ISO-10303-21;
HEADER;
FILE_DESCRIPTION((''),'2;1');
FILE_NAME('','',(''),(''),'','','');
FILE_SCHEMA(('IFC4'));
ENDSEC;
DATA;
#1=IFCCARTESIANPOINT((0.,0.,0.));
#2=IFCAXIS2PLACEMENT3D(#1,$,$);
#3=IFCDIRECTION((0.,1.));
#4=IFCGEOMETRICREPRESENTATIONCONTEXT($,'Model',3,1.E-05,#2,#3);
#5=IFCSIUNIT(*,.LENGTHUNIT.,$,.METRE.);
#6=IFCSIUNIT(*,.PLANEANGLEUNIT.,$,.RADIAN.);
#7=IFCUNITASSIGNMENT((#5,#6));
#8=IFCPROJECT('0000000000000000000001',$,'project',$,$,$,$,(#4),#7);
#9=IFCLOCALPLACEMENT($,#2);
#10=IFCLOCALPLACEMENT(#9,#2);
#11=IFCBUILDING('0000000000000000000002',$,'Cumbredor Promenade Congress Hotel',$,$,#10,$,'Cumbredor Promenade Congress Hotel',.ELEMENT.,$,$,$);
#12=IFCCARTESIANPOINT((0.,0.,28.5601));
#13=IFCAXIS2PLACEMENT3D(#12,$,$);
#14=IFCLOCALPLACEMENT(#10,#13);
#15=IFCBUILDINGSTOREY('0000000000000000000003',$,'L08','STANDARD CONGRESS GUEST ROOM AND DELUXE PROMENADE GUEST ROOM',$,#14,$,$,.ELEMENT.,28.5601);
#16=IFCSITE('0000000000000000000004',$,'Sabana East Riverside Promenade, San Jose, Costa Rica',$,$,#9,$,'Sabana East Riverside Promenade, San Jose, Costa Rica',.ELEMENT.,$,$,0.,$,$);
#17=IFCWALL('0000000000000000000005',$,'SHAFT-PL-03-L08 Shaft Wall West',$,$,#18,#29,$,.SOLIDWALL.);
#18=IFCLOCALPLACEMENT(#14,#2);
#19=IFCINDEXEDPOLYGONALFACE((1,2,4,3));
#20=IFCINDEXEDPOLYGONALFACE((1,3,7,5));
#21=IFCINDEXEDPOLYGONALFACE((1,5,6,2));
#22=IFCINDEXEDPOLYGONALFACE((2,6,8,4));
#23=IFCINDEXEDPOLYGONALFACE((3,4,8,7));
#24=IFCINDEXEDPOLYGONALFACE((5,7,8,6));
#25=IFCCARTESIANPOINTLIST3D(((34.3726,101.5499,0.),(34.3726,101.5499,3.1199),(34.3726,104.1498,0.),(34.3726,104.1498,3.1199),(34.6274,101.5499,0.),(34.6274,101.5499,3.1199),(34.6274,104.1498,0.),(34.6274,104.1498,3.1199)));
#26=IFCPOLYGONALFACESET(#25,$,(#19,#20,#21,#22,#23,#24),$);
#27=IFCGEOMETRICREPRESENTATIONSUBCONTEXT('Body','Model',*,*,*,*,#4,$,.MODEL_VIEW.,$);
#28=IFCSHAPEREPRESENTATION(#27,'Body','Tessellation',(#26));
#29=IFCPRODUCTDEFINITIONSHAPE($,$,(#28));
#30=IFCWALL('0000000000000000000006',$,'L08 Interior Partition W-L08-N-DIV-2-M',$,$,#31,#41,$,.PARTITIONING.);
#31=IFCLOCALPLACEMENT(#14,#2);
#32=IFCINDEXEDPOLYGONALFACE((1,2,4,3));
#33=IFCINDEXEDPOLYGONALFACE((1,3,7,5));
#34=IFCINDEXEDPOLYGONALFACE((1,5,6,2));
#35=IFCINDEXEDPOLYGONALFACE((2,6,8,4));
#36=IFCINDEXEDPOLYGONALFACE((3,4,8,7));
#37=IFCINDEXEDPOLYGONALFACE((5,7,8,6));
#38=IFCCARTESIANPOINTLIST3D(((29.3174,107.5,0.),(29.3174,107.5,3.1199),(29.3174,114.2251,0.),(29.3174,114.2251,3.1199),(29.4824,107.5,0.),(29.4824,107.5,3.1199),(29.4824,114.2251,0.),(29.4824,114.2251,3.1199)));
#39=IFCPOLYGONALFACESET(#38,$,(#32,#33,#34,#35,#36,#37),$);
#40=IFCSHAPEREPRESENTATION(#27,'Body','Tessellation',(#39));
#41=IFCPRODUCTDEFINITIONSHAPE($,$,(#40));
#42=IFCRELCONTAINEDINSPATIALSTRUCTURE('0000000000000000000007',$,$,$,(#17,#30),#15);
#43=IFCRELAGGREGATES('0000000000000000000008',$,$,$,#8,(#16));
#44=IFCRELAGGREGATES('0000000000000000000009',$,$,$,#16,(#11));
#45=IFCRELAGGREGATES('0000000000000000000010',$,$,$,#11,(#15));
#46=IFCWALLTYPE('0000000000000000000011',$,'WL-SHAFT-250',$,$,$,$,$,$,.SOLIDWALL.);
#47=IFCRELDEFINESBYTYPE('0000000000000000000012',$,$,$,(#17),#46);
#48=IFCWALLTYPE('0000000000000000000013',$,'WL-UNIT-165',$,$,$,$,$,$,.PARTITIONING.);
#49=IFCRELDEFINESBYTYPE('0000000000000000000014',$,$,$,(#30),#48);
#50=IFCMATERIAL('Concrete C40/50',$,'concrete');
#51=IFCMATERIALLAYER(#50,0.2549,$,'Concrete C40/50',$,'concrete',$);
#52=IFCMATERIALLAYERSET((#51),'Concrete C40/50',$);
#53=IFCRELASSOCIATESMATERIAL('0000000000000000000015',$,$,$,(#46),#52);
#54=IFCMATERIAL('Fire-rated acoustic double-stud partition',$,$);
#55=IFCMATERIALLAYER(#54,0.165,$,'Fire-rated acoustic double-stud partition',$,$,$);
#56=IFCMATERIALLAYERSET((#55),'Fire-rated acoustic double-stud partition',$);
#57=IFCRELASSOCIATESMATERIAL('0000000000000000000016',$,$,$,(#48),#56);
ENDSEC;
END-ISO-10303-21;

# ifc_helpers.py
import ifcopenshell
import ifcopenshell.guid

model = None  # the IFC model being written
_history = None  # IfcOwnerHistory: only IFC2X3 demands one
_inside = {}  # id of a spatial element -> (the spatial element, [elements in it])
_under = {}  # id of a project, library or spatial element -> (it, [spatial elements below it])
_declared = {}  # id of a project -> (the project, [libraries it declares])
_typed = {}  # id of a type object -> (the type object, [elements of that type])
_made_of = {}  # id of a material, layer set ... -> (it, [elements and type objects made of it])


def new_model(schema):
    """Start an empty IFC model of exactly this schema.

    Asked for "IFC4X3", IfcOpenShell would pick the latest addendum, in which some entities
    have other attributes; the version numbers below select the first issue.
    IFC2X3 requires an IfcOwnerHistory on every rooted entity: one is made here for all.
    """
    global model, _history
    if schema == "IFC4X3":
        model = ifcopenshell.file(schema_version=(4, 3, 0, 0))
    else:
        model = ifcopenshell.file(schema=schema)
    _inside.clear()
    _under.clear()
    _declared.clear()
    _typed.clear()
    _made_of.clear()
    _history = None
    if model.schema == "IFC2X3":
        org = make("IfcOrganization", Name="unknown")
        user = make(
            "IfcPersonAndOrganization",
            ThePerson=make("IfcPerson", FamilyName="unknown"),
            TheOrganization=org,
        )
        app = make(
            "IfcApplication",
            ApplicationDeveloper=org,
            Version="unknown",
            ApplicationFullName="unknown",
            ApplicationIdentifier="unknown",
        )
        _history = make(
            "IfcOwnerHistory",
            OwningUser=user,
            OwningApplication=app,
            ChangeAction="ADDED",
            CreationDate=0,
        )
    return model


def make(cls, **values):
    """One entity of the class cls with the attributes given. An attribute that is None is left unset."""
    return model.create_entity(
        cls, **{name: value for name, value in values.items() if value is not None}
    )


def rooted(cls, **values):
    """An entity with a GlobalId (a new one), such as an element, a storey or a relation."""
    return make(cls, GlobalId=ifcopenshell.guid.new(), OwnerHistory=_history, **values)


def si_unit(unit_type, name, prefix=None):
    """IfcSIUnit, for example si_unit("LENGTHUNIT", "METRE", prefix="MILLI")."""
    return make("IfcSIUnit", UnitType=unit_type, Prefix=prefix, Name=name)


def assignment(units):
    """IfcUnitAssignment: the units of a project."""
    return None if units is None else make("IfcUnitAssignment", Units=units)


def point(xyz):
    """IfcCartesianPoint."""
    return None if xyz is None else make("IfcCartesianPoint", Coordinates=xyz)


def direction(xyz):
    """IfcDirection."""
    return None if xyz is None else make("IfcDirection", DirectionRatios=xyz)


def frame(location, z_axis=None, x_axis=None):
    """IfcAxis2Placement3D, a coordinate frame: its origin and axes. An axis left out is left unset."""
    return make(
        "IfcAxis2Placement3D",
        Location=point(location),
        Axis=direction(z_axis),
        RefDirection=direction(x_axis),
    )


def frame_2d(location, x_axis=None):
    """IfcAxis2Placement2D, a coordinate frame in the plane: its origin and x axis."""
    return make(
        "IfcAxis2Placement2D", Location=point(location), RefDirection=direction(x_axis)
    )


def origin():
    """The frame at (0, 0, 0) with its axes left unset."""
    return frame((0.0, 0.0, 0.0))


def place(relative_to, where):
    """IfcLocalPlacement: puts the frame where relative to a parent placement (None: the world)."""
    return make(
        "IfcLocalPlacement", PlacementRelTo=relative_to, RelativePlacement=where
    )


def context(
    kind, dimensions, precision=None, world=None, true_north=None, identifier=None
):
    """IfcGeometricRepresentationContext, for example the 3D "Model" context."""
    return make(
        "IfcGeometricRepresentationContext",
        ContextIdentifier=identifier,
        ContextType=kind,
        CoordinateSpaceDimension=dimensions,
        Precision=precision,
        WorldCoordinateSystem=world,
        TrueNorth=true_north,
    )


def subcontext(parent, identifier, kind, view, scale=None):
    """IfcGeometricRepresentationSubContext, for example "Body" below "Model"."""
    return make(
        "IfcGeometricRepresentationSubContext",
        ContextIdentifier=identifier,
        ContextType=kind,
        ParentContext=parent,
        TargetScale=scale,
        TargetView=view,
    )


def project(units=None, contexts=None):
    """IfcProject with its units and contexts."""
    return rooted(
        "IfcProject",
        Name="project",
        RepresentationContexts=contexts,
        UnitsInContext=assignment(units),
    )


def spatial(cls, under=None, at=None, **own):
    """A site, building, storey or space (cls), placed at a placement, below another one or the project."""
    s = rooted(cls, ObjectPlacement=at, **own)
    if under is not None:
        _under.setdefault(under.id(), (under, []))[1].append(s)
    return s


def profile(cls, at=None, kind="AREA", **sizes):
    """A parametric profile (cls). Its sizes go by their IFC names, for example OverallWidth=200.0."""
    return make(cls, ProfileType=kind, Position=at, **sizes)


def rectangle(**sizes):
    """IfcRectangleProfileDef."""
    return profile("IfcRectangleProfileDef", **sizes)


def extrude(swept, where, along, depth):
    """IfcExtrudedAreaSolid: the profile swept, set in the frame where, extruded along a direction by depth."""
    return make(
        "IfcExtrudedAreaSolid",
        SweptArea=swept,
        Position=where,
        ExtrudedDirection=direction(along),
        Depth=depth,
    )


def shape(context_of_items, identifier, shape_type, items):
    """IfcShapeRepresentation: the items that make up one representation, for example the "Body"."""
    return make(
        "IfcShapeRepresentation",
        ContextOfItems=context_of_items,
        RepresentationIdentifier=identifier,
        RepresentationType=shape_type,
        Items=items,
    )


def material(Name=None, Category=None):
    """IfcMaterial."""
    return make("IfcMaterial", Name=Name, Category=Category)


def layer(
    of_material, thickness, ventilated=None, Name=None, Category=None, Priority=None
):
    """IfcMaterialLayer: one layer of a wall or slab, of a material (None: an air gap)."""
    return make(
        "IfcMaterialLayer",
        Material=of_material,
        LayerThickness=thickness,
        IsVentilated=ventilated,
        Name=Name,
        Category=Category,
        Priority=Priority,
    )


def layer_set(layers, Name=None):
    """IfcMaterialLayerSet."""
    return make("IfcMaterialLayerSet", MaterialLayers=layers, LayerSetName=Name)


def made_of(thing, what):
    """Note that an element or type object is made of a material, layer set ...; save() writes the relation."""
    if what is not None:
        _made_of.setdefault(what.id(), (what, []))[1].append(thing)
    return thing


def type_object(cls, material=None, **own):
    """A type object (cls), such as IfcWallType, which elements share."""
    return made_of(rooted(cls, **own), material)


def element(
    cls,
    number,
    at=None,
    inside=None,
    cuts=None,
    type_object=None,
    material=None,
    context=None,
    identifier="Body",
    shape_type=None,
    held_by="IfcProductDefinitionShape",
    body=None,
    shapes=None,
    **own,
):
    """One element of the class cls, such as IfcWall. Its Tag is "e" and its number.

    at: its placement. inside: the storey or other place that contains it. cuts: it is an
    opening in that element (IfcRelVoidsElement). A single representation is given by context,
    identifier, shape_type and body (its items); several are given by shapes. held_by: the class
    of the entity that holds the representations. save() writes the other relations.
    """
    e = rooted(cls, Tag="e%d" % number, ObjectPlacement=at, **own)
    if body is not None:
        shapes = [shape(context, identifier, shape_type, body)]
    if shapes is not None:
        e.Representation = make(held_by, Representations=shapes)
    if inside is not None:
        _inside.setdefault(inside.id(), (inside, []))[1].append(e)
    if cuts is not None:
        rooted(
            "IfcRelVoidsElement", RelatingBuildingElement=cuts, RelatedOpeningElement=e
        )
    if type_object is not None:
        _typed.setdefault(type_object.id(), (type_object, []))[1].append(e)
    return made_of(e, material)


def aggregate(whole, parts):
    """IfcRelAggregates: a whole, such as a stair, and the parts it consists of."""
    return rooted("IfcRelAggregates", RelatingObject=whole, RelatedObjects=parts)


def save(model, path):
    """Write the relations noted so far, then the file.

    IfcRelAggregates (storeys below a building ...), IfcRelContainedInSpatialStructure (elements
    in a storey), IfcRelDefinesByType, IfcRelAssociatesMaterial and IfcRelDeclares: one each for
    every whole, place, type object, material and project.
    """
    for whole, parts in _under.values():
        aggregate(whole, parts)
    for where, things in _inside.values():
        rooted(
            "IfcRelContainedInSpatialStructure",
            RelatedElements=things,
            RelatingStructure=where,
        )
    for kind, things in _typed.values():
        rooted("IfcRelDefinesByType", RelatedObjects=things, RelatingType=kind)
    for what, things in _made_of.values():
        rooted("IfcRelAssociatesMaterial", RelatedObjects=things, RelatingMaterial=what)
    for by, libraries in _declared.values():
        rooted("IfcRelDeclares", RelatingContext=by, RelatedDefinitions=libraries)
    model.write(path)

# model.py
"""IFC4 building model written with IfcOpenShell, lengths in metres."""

from ifc_helpers import new_model, si_unit, direction, frame, frame_2d, origin, place, context, subcontext, project, spatial, rectangle, extrude, material, layer, layer_set, type_object, element, save


model = new_model("IFC4")

# Units and contexts
model_context = context("Model", 3, precision=1e-05, world=origin(), true_north=direction((0.0, 1.0)))
body_context = subcontext(model_context, "Body", "Model", "MODEL_VIEW")
ifc_project = project(units=[si_unit("LENGTHUNIT", "METRE"), si_unit("PLANEANGLEUNIT", "RADIAN")], contexts=[model_context])

# Site, building, storey
site_placement = place(None, origin())
site = spatial("IfcSite", under=ifc_project, at=site_placement, Name="Sabana East Riverside Promenade, San Jose, Costa Rica", LongName="Sabana East Riverside Promenade, San Jose, Costa Rica", CompositionType="ELEMENT", RefElevation=0.0)
building_placement = place(site_placement, origin())
building = spatial("IfcBuilding", under=site, at=building_placement, Name="Cumbredor Promenade Congress Hotel", LongName="Cumbredor Promenade Congress Hotel", CompositionType="ELEMENT")
storey_placement = place(building_placement, frame((0.0, 0.0, 28.5601)))
storey = spatial("IfcBuildingStorey", under=building, at=storey_placement, Name="L08", Description="STANDARD CONGRESS GUEST ROOM AND DELUXE PROMENADE GUEST ROOM", CompositionType="ELEMENT", Elevation=28.5601)

# Shared definitions
ifc_material_1 = material(Name="Concrete C40/50", Category="concrete")

# Shared definitions
ifc_layer_1 = layer(ifc_material_1, 0.2549, Name="Concrete C40/50", Category="concrete")
ifc_layer_set_1 = layer_set([ifc_layer_1], Name="Concrete C40/50")
wall_type_1 = type_object("IfcWallType", Name="WL-SHAFT-250", PredefinedType="SOLIDWALL", material=ifc_layer_set_1)

# Walls
wall_1_placement = place(storey_placement, frame((34.5, 101.55, 0.0), z_axis=(0.0, 0.0, 1.0), x_axis=(0.0, 1.0, 0.0)))
element("IfcWall", 1, at=wall_1_placement, inside=storey, type_object=wall_type_1, Name="SHAFT-PL-03-L08 Shaft Wall West", PredefinedType="SOLIDWALL", context=body_context, shape_type="SweptSolid", body=[
    extrude(rectangle(XDim=2.5999, YDim=0.2549, at=frame_2d((1.2998, 0.0))), origin(), (0.0, 0.0, 1.0), 3.1199),
])
ifc_material_2 = material(Name="Fire-rated acoustic double-stud partition")
ifc_layer_2 = layer(ifc_material_2, 0.165, Name="Fire-rated acoustic double-stud partition")
ifc_layer_set_2 = layer_set([ifc_layer_2], Name="Fire-rated acoustic double-stud partition")
wall_type_2 = type_object("IfcWallType", Name="WL-UNIT-165", PredefinedType="PARTITIONING", material=ifc_layer_set_2)
wall_2_placement = place(storey_placement, frame((29.3999, 107.5, 0.0), z_axis=(0.0, 0.0, 1.0), x_axis=(0.0, 1.0, 0.0)))
element("IfcWall", 2, at=wall_2_placement, inside=storey, type_object=wall_type_2, Name="L08 Interior Partition W-L08-N-DIV-2-M", PredefinedType="PARTITIONING", context=body_context, shape_type="SweptSolid", body=[
    extrude(rectangle(XDim=6.7251, YDim=0.165, at=frame_2d((3.3625, 0.0))), origin(), (0.0, 0.0, 1.0), 3.1199),
])

save(model, "model.ifc")
